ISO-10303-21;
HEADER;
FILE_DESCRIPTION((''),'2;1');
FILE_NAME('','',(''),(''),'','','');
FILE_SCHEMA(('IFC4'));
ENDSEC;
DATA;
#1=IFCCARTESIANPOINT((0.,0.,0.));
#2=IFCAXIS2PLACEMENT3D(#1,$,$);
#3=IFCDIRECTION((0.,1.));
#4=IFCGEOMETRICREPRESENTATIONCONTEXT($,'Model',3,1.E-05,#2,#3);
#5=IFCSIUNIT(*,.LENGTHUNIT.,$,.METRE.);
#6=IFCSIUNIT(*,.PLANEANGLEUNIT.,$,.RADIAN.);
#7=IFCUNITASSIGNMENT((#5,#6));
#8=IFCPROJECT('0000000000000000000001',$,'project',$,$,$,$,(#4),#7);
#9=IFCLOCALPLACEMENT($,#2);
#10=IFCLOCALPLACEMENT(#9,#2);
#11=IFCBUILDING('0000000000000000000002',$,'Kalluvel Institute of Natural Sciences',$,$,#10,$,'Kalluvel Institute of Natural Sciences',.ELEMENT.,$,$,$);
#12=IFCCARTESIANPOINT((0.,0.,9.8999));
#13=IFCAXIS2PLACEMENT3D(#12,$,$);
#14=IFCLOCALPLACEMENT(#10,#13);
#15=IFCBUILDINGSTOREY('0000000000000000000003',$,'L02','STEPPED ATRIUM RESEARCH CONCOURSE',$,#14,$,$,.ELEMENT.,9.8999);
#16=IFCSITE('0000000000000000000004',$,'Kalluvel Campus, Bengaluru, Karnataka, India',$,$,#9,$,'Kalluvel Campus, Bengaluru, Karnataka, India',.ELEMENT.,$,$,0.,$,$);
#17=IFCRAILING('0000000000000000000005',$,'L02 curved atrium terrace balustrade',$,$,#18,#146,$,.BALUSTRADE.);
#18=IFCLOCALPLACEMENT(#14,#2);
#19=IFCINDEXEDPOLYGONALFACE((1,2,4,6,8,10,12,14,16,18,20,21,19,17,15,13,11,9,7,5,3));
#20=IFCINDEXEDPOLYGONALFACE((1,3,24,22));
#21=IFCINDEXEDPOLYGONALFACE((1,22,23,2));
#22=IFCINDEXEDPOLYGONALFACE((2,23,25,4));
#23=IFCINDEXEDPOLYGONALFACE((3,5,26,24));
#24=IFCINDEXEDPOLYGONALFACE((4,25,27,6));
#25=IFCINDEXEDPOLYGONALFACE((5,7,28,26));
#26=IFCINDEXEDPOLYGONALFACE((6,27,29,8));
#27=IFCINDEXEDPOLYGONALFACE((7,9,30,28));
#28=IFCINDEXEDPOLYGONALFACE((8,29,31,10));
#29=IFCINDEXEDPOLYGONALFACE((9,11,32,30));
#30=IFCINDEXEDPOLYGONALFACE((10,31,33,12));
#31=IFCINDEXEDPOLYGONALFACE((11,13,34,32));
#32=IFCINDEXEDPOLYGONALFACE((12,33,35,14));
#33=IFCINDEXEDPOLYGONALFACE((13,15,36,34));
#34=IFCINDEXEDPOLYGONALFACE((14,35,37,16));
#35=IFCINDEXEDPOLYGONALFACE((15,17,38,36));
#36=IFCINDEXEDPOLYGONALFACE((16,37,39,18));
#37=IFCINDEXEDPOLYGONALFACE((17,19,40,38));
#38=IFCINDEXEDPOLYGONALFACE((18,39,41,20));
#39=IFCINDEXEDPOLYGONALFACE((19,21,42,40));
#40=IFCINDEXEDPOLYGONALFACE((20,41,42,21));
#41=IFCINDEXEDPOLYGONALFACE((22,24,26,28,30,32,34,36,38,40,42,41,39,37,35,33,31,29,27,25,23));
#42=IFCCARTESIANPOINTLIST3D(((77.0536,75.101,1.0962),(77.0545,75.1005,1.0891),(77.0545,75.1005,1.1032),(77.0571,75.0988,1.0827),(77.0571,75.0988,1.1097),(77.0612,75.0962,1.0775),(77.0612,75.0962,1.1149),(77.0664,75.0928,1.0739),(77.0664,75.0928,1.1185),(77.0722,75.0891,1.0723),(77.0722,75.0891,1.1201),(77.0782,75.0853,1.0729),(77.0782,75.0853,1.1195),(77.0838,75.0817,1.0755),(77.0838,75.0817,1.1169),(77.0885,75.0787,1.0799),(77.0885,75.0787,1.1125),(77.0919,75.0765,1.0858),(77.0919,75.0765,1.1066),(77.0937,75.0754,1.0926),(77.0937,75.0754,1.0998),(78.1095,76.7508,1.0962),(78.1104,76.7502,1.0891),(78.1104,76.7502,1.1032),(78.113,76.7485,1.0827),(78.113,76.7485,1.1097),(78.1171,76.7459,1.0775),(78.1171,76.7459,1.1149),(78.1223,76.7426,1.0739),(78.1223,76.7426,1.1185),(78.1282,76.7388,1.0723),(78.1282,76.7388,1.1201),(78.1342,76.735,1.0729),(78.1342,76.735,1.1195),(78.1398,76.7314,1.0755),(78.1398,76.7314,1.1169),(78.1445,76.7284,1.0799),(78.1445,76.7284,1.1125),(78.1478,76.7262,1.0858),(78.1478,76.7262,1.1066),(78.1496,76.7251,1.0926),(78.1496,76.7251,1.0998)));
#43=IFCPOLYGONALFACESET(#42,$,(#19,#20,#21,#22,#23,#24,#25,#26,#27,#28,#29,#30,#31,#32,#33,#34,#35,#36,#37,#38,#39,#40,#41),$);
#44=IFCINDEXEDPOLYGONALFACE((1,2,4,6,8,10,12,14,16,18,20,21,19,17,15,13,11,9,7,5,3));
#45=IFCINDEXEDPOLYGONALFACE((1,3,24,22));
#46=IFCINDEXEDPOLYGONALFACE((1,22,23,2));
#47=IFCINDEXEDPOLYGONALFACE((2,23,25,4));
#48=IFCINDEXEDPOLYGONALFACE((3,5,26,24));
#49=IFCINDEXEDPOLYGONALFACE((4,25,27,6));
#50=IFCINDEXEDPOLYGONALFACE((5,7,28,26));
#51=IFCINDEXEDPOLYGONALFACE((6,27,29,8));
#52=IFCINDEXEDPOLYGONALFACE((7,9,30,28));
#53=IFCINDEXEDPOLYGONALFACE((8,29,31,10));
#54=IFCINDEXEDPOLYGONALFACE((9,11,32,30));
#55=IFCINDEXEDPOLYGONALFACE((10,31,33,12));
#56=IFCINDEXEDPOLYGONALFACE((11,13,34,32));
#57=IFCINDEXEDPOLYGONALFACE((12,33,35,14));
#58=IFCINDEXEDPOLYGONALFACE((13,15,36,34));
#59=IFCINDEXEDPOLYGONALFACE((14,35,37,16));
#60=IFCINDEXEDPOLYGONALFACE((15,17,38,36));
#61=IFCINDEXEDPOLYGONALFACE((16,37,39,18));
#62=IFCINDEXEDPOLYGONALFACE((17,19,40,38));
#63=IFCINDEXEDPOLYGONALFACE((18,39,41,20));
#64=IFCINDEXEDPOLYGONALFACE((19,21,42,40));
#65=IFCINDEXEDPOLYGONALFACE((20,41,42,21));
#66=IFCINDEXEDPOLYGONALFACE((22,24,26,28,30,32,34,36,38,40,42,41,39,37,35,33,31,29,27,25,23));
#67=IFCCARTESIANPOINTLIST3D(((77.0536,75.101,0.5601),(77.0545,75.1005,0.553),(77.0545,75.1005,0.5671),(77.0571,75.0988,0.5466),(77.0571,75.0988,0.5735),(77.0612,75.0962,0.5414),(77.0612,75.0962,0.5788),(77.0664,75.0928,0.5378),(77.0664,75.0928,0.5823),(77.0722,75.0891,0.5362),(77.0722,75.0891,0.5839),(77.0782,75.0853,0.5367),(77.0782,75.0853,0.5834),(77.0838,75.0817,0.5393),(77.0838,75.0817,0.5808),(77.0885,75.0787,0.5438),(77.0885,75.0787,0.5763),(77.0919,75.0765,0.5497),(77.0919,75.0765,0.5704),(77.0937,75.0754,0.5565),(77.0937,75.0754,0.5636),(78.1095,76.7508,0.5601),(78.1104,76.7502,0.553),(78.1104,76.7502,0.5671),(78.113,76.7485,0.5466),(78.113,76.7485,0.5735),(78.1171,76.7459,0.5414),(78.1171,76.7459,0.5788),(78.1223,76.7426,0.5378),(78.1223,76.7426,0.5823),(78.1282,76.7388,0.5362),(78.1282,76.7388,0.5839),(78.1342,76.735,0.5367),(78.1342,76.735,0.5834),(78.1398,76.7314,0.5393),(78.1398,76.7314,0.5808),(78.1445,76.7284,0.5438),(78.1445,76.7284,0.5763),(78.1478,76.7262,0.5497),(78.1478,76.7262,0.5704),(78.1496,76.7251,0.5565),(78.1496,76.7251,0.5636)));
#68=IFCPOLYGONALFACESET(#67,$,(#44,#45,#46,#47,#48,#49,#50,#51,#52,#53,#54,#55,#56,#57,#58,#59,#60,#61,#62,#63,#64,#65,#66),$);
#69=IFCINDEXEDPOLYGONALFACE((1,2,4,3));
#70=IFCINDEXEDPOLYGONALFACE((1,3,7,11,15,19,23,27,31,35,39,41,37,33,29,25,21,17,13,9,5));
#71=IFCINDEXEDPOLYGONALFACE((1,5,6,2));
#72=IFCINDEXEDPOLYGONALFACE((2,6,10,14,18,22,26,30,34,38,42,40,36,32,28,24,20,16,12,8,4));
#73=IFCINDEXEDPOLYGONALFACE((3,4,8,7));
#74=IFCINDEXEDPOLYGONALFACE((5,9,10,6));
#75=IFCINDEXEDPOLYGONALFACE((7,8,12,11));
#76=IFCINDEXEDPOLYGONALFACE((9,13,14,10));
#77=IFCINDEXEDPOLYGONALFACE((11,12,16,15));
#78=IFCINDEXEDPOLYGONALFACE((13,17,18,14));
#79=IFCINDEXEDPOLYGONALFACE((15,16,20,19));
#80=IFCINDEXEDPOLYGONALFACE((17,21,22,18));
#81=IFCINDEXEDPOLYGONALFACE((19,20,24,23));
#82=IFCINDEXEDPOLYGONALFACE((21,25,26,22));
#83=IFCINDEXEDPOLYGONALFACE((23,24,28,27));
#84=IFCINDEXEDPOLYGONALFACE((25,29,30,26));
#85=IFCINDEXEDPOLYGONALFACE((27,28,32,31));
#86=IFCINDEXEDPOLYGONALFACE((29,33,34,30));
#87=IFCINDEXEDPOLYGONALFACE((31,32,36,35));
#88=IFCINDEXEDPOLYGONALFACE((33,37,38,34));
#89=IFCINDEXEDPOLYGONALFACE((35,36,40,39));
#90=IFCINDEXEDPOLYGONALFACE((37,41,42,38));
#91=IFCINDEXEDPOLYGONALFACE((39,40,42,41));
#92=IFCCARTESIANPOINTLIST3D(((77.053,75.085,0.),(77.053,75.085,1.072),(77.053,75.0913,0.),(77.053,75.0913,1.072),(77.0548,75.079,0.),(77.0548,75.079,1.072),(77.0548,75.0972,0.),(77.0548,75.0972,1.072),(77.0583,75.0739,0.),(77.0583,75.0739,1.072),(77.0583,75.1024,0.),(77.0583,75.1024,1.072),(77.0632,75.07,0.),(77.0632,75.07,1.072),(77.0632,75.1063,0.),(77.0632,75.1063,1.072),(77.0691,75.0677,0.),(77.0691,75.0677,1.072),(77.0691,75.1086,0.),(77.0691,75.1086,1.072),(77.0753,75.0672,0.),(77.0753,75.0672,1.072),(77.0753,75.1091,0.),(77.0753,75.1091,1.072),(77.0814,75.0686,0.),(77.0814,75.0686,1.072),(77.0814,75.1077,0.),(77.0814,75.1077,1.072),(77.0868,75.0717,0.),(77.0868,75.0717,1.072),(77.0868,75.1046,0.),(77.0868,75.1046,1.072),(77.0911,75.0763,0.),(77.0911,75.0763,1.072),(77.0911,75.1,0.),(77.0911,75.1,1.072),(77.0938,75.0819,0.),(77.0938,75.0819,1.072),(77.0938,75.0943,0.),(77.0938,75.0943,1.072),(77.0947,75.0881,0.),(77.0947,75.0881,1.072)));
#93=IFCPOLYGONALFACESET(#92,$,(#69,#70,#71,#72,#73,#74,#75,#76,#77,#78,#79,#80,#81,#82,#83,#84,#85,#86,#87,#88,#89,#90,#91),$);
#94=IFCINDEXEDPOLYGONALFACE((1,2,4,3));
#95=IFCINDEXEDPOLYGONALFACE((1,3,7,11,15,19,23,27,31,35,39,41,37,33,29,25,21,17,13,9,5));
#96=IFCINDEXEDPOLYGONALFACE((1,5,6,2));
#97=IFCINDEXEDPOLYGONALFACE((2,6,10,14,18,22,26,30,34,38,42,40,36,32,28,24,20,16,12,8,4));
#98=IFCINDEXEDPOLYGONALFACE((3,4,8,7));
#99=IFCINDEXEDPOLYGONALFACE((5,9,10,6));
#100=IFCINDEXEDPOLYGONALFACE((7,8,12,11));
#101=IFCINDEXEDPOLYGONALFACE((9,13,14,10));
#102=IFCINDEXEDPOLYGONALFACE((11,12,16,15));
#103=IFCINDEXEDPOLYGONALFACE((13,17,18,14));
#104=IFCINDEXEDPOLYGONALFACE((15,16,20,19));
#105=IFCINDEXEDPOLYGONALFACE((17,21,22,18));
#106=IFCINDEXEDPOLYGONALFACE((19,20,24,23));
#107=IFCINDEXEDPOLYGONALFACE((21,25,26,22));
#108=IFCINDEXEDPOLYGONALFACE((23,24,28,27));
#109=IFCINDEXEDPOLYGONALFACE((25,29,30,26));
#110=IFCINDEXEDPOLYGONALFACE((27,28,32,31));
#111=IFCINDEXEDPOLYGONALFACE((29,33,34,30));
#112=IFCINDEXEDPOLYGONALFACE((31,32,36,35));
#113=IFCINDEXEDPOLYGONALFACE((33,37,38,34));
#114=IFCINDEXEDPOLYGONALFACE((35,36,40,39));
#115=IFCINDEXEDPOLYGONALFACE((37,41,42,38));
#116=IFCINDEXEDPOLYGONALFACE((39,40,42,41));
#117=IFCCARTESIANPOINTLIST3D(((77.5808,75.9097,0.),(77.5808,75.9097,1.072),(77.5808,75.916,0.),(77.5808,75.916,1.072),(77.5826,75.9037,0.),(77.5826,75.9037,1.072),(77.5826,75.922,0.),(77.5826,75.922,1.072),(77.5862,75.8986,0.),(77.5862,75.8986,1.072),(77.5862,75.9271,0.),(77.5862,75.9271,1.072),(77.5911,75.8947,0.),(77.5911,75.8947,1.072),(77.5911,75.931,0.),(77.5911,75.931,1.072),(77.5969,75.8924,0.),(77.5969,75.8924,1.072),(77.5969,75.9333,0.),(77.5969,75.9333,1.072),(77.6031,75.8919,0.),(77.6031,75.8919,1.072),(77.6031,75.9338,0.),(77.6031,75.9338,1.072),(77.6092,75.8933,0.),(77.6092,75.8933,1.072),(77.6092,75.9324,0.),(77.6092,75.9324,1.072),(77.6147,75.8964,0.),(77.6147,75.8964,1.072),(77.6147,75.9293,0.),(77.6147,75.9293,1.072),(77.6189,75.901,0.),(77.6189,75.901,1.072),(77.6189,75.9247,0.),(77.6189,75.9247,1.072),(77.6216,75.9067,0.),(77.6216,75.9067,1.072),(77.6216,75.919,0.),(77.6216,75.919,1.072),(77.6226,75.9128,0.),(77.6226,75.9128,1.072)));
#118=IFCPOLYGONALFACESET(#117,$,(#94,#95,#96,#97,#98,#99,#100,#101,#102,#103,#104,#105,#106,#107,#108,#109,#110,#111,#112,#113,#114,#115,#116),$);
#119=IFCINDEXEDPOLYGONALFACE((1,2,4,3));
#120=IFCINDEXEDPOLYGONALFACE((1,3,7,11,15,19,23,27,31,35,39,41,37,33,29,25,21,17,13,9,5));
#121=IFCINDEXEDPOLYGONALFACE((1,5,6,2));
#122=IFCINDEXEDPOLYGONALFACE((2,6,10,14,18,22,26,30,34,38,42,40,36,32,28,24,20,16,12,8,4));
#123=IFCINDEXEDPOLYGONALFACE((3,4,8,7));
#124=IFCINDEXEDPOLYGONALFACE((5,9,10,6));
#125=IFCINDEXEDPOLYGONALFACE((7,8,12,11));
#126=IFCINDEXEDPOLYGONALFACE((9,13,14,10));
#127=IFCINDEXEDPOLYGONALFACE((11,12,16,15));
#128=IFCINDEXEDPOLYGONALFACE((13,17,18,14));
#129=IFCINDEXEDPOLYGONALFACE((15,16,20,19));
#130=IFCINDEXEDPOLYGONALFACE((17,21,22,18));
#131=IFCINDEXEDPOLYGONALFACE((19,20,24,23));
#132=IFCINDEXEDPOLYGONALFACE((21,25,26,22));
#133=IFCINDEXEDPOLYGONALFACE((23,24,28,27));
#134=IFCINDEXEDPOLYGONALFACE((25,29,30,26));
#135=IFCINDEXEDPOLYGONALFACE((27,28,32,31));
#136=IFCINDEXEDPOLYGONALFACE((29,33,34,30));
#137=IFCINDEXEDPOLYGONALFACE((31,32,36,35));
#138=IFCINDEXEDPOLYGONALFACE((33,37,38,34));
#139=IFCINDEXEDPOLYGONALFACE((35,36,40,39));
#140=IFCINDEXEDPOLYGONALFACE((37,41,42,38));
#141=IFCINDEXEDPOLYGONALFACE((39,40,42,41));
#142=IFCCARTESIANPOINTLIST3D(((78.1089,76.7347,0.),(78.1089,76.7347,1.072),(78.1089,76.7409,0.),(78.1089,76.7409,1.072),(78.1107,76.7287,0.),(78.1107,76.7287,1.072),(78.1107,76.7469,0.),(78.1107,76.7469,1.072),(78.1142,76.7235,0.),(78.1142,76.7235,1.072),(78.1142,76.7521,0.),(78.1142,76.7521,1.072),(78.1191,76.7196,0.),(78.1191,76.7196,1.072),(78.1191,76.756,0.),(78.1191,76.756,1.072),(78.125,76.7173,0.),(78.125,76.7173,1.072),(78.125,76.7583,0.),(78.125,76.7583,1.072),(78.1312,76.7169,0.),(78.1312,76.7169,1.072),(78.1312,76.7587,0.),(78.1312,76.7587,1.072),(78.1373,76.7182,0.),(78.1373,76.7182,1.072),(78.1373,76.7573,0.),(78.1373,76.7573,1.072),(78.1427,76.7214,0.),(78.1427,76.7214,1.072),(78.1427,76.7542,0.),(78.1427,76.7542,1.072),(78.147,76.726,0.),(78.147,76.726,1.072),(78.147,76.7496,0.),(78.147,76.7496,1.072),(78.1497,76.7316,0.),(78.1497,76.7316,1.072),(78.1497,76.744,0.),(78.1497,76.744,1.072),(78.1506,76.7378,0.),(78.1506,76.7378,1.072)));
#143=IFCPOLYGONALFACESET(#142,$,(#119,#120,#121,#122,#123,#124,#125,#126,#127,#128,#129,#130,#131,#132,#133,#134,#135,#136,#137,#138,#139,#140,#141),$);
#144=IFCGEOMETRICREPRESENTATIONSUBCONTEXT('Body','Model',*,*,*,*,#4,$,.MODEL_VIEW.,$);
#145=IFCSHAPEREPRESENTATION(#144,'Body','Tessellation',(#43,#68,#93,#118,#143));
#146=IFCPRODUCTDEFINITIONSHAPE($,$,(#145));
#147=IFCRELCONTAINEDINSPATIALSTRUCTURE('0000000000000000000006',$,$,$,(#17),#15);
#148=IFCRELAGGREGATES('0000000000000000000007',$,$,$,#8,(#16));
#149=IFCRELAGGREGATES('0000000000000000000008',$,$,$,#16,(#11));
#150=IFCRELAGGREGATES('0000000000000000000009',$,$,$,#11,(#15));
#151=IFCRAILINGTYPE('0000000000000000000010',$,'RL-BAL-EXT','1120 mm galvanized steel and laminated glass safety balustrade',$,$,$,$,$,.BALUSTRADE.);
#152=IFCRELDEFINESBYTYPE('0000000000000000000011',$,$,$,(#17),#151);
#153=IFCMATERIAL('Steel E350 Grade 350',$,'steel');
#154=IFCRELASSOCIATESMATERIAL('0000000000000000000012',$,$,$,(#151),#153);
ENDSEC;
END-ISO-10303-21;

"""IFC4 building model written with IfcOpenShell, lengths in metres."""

from ifc_helpers import new_model, si_unit, direction, frame, origin, origin_2d, place, context, subcontext, project, spatial, circle, extrude, material, type_object, element, save


model = new_model("IFC4")

# Units and contexts
model_context = context("Model", 3, precision=1e-05, world=origin(), true_north=direction((0.0, 1.0)))
body_context = subcontext(model_context, "Body", "Model", "MODEL_VIEW")
ifc_project = project(units=[si_unit("LENGTHUNIT", "METRE"), si_unit("PLANEANGLEUNIT", "RADIAN")], contexts=[model_context])

# Site, building, storey
site_placement = place(None, origin())
site = spatial("IfcSite", under=ifc_project, at=site_placement, Name="Kalluvel Campus, Bengaluru, Karnataka, India", LongName="Kalluvel Campus, Bengaluru, Karnataka, India", CompositionType="ELEMENT", RefElevation=0.0)
building_placement = place(site_placement, origin())
building = spatial("IfcBuilding", under=site, at=building_placement, Name="Kalluvel Institute of Natural Sciences", LongName="Kalluvel Institute of Natural Sciences", CompositionType="ELEMENT")
storey_placement = place(building_placement, frame((0.0, 0.0, 9.8999)))
storey = spatial("IfcBuildingStorey", under=building, at=storey_placement, Name="L02", Description="STEPPED ATRIUM RESEARCH CONCOURSE", CompositionType="ELEMENT", Elevation=9.8999)

# Railing
ifc_material_1 = material(Name="Steel E350 Grade 350", Category="steel")
railing_type = type_object("IfcRailingType", Name="RL-BAL-EXT", Description="1120 mm galvanized steel and laminated glass safety balustrade", PredefinedType="BALUSTRADE", material=ifc_material_1)
railing_1_placement = place(storey_placement, frame((77.0737, 75.0881, 0.0)))
element("IfcRailing", 1, at=railing_1_placement, inside=storey, type_object=railing_type, Name="L02 curved atrium terrace balustrade", PredefinedType="BALUSTRADE", context=body_context, shape_type="SweptSolid", body=[
    extrude(circle(Radius=0.0239, at=origin_2d()), frame((0.0, 0.0, 1.0962), z_axis=(0.5391, 0.842242, 0.0), x_axis=(-0.842242, 0.5391, 0.0)), (0.0, 0.0, 1.0), 1.9587),
    extrude(circle(Radius=0.0239, at=origin_2d()), frame((0.0, 0.0, 0.5601), z_axis=(0.5391, 0.842242, 0.0), x_axis=(-0.842242, 0.5391, 0.0)), (0.0, 0.0, 1.0), 1.9587),
    extrude(circle(Radius=0.021, at=origin_2d()), origin(), (0.0, 0.0, 1.0), 1.072),
    extrude(circle(Radius=0.021, at=origin_2d()), frame((0.5278, 0.8247, 0.0)), (0.0, 0.0, 1.0), 1.072),
    extrude(circle(Radius=0.021, at=origin_2d()), frame((1.0559, 1.6497, 0.0)), (0.0, 0.0, 1.0), 1.072),
])

save(model, "model.ifc")
